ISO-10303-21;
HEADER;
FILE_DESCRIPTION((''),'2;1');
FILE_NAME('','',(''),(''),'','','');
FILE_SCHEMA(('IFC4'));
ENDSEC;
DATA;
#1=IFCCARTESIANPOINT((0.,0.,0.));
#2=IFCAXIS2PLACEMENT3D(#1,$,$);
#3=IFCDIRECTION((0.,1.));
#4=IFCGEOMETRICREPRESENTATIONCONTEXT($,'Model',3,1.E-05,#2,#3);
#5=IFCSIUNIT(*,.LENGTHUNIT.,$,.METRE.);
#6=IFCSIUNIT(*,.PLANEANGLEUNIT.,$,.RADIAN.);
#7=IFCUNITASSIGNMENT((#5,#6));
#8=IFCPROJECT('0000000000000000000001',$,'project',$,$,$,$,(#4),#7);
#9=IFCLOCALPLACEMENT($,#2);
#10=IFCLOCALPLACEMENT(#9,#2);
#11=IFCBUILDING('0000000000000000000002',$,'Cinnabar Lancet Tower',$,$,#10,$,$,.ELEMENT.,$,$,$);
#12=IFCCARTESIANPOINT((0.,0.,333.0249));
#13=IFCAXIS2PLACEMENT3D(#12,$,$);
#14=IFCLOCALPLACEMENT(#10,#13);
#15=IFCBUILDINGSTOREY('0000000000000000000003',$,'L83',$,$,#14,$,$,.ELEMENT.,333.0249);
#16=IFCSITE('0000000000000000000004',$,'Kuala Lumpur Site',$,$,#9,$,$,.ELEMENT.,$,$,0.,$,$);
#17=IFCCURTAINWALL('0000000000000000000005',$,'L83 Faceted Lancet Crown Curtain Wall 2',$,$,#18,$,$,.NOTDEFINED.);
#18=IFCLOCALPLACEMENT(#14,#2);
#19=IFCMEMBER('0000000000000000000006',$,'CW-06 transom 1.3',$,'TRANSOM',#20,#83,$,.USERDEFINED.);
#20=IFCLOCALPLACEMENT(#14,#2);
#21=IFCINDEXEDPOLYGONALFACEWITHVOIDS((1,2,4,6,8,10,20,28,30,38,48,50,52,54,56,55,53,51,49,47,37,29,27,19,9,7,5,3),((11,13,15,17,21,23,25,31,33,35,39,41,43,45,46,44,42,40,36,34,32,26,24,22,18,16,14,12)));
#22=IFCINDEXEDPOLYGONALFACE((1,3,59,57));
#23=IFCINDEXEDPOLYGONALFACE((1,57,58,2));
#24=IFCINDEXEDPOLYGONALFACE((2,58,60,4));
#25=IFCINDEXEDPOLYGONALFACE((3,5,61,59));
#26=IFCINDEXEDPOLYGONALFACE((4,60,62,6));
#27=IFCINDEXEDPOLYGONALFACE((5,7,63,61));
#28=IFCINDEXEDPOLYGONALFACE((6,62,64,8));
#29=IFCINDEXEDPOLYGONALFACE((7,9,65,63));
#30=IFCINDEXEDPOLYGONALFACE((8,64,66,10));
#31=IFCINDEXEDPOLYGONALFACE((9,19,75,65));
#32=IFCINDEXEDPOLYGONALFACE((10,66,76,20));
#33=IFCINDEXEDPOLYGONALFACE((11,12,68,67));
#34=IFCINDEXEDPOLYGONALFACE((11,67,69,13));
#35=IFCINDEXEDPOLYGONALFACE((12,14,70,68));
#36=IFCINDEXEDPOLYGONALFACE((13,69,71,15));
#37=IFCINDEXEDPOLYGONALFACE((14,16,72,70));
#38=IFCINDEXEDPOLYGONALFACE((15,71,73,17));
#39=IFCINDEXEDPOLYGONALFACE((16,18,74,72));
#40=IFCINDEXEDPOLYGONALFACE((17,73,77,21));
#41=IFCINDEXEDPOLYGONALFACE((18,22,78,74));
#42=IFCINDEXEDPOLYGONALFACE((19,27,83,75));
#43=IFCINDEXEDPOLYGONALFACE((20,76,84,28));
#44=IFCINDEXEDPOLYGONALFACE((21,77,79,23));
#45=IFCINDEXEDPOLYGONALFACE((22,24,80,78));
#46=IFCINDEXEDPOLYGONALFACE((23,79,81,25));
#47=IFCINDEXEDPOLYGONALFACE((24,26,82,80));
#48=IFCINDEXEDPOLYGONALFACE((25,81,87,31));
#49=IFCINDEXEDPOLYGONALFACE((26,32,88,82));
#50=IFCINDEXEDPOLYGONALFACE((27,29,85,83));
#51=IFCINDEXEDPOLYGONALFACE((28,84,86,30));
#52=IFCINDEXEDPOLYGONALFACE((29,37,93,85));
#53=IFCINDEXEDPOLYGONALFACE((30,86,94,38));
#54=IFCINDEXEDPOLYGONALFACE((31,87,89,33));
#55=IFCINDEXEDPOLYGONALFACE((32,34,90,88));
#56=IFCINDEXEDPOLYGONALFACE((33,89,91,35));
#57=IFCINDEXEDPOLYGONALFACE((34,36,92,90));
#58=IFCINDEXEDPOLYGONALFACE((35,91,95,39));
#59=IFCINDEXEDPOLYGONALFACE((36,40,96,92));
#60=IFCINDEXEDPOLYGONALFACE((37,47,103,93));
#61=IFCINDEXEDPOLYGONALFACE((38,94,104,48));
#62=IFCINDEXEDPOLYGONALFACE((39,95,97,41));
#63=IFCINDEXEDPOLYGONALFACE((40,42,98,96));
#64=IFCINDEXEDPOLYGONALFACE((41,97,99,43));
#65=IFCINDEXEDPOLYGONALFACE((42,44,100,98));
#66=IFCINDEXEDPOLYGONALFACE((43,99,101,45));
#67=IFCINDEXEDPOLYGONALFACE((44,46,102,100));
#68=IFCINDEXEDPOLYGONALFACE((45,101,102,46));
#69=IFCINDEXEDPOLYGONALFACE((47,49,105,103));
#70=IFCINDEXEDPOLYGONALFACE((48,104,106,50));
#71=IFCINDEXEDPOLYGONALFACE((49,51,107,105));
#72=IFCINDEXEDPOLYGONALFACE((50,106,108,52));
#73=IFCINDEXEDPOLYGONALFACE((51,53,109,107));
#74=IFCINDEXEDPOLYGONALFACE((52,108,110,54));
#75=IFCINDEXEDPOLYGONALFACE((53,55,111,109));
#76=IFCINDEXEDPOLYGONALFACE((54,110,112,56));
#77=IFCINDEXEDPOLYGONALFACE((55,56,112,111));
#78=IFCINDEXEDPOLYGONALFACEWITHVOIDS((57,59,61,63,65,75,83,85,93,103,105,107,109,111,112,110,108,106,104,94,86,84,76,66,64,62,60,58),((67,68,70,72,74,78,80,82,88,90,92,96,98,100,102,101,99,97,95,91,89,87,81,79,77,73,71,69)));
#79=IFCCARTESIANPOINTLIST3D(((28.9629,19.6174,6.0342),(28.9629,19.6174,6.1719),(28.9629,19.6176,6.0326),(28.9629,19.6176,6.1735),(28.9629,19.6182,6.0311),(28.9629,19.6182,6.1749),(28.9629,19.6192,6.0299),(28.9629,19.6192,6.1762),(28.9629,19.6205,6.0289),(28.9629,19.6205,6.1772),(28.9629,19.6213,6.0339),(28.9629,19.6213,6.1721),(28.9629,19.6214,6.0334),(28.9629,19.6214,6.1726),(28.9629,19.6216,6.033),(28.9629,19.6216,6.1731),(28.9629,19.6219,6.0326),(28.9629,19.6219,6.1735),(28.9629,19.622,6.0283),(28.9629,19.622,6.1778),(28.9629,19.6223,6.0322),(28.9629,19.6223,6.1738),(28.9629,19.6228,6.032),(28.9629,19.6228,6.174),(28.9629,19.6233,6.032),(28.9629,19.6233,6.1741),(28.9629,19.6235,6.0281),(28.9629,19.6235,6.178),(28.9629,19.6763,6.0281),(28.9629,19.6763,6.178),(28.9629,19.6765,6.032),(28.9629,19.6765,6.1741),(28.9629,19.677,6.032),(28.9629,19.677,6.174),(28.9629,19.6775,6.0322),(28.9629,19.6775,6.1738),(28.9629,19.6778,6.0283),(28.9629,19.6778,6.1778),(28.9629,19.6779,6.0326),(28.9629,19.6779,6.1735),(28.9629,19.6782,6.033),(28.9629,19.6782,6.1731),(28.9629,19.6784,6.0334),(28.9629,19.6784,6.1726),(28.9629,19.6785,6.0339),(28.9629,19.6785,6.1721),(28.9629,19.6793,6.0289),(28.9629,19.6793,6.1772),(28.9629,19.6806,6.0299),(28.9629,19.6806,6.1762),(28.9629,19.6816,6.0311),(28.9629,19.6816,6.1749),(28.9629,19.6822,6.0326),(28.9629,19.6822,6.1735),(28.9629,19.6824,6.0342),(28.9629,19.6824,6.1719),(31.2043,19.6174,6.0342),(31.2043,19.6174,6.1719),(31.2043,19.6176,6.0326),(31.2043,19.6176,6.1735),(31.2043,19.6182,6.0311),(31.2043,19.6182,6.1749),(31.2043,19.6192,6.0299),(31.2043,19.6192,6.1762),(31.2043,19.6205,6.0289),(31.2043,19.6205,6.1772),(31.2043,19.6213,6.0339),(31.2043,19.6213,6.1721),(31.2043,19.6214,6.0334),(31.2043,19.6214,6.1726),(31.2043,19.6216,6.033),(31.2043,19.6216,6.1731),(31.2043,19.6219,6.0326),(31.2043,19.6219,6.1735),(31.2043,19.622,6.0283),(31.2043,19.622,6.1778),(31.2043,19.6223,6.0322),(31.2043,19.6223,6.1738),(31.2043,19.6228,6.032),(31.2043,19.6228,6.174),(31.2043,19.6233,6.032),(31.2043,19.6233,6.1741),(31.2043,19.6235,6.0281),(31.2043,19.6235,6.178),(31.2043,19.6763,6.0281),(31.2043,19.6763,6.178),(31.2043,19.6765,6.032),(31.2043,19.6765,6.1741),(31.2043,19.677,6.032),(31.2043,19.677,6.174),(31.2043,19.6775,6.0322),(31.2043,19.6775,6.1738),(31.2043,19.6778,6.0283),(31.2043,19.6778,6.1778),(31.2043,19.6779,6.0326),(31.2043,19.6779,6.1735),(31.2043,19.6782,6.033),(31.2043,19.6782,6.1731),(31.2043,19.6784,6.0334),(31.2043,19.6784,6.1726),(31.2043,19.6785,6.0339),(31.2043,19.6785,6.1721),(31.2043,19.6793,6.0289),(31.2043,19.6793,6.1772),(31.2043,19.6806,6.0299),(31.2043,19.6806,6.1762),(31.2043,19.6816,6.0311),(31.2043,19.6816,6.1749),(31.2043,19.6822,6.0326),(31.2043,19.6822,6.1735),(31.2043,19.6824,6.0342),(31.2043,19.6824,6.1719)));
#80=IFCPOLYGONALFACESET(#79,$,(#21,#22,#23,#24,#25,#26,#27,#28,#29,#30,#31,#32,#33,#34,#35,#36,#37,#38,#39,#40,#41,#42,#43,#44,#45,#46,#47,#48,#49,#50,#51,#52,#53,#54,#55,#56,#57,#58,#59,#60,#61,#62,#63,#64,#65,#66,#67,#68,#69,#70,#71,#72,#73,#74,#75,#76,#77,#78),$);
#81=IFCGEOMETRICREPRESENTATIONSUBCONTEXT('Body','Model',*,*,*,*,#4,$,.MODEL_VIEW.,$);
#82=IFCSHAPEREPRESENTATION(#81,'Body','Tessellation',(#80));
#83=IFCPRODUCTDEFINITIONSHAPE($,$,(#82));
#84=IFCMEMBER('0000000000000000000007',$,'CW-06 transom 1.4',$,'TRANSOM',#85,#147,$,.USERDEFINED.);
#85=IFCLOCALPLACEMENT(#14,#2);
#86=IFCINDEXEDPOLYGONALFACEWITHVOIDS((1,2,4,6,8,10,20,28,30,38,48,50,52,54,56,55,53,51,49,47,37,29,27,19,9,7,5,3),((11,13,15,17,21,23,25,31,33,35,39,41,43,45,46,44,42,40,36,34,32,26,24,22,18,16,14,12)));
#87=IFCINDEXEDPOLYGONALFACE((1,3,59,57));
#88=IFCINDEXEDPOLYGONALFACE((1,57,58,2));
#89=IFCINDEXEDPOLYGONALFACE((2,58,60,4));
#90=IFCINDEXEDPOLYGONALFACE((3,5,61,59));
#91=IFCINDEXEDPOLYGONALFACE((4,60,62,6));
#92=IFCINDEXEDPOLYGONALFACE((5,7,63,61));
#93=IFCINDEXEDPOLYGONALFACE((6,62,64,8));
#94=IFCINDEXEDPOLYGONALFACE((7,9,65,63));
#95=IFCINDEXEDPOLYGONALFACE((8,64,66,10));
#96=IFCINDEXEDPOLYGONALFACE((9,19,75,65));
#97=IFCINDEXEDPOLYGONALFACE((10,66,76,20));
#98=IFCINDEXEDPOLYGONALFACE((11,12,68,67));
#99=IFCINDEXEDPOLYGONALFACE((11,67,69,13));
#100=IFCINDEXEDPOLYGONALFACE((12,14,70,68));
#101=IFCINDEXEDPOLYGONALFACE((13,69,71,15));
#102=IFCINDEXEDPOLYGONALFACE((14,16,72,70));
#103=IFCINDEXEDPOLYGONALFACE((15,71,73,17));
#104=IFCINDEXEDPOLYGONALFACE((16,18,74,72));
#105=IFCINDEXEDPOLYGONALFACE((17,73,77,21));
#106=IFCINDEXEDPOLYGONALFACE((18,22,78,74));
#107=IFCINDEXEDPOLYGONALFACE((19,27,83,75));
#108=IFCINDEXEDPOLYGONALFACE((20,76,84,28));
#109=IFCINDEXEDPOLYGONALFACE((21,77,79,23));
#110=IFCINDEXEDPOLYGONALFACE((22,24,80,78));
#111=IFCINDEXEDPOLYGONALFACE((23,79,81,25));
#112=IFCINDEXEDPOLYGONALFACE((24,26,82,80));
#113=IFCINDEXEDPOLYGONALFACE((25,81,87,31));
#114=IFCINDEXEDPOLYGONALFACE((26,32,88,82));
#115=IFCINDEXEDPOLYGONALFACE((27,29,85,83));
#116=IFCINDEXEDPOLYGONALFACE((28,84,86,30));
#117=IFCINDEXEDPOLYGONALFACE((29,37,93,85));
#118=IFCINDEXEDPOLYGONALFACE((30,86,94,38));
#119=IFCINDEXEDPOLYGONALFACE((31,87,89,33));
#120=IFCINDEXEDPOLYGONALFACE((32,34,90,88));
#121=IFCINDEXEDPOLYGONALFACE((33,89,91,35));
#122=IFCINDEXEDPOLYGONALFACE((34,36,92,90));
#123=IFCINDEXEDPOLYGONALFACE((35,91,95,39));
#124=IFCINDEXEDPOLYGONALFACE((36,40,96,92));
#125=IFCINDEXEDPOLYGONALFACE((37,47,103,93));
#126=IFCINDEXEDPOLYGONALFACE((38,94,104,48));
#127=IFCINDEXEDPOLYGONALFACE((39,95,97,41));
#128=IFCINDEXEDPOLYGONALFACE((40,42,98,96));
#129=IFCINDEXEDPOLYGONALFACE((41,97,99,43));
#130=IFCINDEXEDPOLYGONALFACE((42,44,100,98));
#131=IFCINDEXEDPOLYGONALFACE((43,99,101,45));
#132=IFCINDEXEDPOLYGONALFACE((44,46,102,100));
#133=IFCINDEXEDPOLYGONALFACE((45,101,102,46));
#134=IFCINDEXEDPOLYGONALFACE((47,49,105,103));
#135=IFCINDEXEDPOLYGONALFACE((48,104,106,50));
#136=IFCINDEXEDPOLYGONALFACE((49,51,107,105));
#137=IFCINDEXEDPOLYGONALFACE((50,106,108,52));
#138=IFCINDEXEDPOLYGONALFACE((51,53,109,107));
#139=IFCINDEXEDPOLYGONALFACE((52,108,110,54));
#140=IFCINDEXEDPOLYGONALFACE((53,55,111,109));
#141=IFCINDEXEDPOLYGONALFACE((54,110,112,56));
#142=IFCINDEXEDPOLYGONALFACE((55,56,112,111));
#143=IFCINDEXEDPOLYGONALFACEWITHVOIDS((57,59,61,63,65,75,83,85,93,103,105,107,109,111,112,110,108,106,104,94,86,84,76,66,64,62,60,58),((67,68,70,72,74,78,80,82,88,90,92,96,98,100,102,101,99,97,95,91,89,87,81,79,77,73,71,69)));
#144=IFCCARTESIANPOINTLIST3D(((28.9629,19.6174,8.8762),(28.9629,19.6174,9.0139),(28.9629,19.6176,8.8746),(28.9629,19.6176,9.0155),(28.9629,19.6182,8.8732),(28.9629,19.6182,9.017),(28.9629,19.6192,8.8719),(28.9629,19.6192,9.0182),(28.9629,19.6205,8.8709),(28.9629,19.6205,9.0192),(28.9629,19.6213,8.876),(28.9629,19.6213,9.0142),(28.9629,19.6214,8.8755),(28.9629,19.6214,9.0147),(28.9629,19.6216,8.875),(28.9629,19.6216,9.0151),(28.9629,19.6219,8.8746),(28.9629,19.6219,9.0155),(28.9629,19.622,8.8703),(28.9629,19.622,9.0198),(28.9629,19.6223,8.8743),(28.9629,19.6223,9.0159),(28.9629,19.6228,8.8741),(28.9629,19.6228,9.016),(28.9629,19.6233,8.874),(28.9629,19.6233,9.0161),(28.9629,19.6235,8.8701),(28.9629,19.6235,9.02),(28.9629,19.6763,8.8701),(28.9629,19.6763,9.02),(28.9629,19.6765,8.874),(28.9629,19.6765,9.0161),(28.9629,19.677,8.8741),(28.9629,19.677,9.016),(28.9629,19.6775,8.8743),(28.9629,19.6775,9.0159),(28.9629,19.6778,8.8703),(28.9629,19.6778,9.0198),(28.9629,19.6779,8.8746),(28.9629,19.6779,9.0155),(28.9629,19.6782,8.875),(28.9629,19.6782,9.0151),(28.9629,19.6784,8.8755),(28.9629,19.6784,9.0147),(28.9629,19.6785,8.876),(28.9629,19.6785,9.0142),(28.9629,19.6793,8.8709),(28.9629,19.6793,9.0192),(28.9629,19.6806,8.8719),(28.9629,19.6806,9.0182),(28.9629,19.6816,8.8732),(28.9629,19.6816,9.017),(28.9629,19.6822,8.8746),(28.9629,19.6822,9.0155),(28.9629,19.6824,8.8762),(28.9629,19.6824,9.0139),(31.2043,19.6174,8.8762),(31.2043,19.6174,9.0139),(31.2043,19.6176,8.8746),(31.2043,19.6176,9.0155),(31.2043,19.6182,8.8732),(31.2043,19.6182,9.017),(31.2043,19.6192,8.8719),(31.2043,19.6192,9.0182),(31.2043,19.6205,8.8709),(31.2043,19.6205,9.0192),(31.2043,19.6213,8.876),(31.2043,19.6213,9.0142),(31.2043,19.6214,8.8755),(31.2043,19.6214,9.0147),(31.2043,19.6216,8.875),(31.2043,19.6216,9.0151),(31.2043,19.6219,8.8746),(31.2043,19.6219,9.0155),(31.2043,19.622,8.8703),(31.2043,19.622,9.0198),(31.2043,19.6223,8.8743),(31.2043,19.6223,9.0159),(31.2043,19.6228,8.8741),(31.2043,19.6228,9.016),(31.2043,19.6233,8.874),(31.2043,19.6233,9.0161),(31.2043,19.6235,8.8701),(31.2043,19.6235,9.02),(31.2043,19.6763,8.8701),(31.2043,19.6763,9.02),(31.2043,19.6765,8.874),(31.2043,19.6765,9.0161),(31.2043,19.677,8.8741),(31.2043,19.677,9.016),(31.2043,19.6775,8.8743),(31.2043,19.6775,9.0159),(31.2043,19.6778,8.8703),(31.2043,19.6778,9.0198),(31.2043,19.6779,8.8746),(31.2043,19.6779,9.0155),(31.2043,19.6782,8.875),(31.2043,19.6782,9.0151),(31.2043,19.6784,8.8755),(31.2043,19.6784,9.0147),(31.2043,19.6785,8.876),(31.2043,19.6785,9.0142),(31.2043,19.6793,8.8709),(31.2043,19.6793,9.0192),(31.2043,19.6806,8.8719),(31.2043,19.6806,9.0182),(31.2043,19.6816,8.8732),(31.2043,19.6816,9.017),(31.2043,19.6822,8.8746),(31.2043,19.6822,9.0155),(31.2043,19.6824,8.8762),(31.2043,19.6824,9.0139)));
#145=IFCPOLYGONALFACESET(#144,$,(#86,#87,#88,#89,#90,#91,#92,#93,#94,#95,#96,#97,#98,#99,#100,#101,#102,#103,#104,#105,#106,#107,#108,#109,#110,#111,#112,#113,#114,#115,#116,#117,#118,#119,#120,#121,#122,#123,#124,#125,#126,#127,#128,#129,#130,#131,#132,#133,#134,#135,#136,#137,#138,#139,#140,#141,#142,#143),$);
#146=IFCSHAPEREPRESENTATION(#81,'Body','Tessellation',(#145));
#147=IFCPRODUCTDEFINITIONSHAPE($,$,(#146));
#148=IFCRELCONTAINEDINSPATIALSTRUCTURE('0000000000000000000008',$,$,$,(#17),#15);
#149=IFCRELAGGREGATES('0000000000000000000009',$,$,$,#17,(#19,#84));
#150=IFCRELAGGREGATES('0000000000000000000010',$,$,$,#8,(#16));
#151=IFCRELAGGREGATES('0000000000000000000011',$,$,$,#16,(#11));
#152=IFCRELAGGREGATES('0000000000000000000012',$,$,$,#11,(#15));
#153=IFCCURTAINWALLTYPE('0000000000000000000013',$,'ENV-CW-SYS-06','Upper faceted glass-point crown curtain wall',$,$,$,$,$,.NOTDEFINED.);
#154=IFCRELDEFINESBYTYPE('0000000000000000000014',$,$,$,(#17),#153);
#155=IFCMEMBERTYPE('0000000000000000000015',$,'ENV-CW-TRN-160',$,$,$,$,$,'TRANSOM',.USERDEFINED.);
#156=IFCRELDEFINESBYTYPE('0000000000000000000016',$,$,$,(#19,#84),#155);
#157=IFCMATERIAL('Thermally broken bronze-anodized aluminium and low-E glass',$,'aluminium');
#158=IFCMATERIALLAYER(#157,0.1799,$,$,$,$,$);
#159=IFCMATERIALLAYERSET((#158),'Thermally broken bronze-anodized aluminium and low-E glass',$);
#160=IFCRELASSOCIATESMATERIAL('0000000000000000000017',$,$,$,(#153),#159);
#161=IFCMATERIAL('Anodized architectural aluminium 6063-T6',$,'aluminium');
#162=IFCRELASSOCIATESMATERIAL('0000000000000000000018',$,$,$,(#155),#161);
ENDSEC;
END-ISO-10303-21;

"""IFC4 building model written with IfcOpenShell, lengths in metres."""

from ifc_helpers import new_model, si_unit, direction, frame, origin, origin_2d, place, context, subcontext, project, spatial, hollow_rectangle, extrude, material, layer, layer_set, material_profile, profile_set, type_object, element, aggregate, save


model = new_model("IFC4")

# Units and contexts
model_context = context("Model", 3, precision=1e-05, world=origin(), true_north=direction((0.0, 1.0)))
body_context = subcontext(model_context, "Body", "Model", "MODEL_VIEW")
ifc_project = project(units=[si_unit("LENGTHUNIT", "METRE"), si_unit("PLANEANGLEUNIT", "RADIAN")], contexts=[model_context])

# Site, building, storey
site_placement = place(None, origin())
site = spatial("IfcSite", under=ifc_project, at=site_placement, Name="Kuala Lumpur Site", CompositionType="ELEMENT", RefElevation=0.0)
building_placement = place(site_placement, origin())
building = spatial("IfcBuilding", under=site, at=building_placement, Name="Cinnabar Lancet Tower", CompositionType="ELEMENT")
storey_placement = place(building_placement, frame((0.0, 0.0, 333.0249)))
storey = spatial("IfcBuildingStorey", under=building, at=storey_placement, Name="L83", CompositionType="ELEMENT", Elevation=333.0249)

# Curtain wall
ifc_material_1 = material(Name="Thermally broken bronze-anodized aluminium and low-E glass", Category="aluminium")
ifc_layer_1 = layer(ifc_material_1, 0.1799)
ifc_layer_set_1 = layer_set([ifc_layer_1], Name="Thermally broken bronze-anodized aluminium and low-E glass")
curtain_wall_type = type_object("IfcCurtainWallType", Name="ENV-CW-SYS-06", Description="Upper faceted glass-point crown curtain wall", PredefinedType="NOTDEFINED", material=ifc_layer_set_1)
curtain_wall_1_placement = place(storey_placement, origin())
curtain_wall_1 = element("IfcCurtainWall", 1, at=curtain_wall_1_placement, inside=storey, type_object=curtain_wall_type, Name="L83 Faceted Lancet Crown Curtain Wall 2", PredefinedType="NOTDEFINED")

# Members
ifc_material_2 = material(Name="Anodized architectural aluminium 6063-T6", Category="aluminium")
ifc_material_profile_1 = material_profile(ifc_material_2, hollow_rectangle(XDim=0.0649, YDim=0.1499, WallThickness=0.0039, InnerFilletRadius=0.002, OuterFilletRadius=0.0061, at=origin_2d()), Name="CW-TRN 150x65x4")
ifc_profile_set_1 = profile_set([ifc_material_profile_1], Name="Anodized architectural aluminium 6063-T6")
member_type_1 = type_object("IfcMemberType", Name="ENV-CW-TRN-160", ElementType="TRANSOM", PredefinedType="USERDEFINED", material=ifc_profile_set_1)
member_1_placement = place(storey_placement, frame((28.9629, 19.6499, 6.103), z_axis=(1.0, 0.0, 0.0), x_axis=(0.0, 1.0, 0.0)))
member_1 = element("IfcMember", 2, at=member_1_placement, type_object=member_type_1, Name="CW-06 transom 1.3", ObjectType="TRANSOM", PredefinedType="USERDEFINED", context=body_context, shape_type="SweptSolid", body=[
    extrude(hollow_rectangle(XDim=0.0649, YDim=0.1499, WallThickness=0.0039, InnerFilletRadius=0.002, OuterFilletRadius=0.0061, at=origin_2d()), origin(), (0.0, 0.0, 1.0), 2.2415),
])
member_2_placement = place(storey_placement, frame((28.9629, 19.6499, 8.9451), z_axis=(1.0, 0.0, 0.0), x_axis=(0.0, 1.0, 0.0)))
member_2 = element("IfcMember", 3, at=member_2_placement, type_object=member_type_1, Name="CW-06 transom 1.4", ObjectType="TRANSOM", PredefinedType="USERDEFINED", context=body_context, shape_type="SweptSolid", body=[
    extrude(hollow_rectangle(XDim=0.0649, YDim=0.1499, WallThickness=0.0039, InnerFilletRadius=0.002, OuterFilletRadius=0.0061, at=origin_2d()), origin(), (0.0, 0.0, 1.0), 2.2415),
])

aggregate(curtain_wall_1, [member_1, member_2])

save(model, "model.ifc")
